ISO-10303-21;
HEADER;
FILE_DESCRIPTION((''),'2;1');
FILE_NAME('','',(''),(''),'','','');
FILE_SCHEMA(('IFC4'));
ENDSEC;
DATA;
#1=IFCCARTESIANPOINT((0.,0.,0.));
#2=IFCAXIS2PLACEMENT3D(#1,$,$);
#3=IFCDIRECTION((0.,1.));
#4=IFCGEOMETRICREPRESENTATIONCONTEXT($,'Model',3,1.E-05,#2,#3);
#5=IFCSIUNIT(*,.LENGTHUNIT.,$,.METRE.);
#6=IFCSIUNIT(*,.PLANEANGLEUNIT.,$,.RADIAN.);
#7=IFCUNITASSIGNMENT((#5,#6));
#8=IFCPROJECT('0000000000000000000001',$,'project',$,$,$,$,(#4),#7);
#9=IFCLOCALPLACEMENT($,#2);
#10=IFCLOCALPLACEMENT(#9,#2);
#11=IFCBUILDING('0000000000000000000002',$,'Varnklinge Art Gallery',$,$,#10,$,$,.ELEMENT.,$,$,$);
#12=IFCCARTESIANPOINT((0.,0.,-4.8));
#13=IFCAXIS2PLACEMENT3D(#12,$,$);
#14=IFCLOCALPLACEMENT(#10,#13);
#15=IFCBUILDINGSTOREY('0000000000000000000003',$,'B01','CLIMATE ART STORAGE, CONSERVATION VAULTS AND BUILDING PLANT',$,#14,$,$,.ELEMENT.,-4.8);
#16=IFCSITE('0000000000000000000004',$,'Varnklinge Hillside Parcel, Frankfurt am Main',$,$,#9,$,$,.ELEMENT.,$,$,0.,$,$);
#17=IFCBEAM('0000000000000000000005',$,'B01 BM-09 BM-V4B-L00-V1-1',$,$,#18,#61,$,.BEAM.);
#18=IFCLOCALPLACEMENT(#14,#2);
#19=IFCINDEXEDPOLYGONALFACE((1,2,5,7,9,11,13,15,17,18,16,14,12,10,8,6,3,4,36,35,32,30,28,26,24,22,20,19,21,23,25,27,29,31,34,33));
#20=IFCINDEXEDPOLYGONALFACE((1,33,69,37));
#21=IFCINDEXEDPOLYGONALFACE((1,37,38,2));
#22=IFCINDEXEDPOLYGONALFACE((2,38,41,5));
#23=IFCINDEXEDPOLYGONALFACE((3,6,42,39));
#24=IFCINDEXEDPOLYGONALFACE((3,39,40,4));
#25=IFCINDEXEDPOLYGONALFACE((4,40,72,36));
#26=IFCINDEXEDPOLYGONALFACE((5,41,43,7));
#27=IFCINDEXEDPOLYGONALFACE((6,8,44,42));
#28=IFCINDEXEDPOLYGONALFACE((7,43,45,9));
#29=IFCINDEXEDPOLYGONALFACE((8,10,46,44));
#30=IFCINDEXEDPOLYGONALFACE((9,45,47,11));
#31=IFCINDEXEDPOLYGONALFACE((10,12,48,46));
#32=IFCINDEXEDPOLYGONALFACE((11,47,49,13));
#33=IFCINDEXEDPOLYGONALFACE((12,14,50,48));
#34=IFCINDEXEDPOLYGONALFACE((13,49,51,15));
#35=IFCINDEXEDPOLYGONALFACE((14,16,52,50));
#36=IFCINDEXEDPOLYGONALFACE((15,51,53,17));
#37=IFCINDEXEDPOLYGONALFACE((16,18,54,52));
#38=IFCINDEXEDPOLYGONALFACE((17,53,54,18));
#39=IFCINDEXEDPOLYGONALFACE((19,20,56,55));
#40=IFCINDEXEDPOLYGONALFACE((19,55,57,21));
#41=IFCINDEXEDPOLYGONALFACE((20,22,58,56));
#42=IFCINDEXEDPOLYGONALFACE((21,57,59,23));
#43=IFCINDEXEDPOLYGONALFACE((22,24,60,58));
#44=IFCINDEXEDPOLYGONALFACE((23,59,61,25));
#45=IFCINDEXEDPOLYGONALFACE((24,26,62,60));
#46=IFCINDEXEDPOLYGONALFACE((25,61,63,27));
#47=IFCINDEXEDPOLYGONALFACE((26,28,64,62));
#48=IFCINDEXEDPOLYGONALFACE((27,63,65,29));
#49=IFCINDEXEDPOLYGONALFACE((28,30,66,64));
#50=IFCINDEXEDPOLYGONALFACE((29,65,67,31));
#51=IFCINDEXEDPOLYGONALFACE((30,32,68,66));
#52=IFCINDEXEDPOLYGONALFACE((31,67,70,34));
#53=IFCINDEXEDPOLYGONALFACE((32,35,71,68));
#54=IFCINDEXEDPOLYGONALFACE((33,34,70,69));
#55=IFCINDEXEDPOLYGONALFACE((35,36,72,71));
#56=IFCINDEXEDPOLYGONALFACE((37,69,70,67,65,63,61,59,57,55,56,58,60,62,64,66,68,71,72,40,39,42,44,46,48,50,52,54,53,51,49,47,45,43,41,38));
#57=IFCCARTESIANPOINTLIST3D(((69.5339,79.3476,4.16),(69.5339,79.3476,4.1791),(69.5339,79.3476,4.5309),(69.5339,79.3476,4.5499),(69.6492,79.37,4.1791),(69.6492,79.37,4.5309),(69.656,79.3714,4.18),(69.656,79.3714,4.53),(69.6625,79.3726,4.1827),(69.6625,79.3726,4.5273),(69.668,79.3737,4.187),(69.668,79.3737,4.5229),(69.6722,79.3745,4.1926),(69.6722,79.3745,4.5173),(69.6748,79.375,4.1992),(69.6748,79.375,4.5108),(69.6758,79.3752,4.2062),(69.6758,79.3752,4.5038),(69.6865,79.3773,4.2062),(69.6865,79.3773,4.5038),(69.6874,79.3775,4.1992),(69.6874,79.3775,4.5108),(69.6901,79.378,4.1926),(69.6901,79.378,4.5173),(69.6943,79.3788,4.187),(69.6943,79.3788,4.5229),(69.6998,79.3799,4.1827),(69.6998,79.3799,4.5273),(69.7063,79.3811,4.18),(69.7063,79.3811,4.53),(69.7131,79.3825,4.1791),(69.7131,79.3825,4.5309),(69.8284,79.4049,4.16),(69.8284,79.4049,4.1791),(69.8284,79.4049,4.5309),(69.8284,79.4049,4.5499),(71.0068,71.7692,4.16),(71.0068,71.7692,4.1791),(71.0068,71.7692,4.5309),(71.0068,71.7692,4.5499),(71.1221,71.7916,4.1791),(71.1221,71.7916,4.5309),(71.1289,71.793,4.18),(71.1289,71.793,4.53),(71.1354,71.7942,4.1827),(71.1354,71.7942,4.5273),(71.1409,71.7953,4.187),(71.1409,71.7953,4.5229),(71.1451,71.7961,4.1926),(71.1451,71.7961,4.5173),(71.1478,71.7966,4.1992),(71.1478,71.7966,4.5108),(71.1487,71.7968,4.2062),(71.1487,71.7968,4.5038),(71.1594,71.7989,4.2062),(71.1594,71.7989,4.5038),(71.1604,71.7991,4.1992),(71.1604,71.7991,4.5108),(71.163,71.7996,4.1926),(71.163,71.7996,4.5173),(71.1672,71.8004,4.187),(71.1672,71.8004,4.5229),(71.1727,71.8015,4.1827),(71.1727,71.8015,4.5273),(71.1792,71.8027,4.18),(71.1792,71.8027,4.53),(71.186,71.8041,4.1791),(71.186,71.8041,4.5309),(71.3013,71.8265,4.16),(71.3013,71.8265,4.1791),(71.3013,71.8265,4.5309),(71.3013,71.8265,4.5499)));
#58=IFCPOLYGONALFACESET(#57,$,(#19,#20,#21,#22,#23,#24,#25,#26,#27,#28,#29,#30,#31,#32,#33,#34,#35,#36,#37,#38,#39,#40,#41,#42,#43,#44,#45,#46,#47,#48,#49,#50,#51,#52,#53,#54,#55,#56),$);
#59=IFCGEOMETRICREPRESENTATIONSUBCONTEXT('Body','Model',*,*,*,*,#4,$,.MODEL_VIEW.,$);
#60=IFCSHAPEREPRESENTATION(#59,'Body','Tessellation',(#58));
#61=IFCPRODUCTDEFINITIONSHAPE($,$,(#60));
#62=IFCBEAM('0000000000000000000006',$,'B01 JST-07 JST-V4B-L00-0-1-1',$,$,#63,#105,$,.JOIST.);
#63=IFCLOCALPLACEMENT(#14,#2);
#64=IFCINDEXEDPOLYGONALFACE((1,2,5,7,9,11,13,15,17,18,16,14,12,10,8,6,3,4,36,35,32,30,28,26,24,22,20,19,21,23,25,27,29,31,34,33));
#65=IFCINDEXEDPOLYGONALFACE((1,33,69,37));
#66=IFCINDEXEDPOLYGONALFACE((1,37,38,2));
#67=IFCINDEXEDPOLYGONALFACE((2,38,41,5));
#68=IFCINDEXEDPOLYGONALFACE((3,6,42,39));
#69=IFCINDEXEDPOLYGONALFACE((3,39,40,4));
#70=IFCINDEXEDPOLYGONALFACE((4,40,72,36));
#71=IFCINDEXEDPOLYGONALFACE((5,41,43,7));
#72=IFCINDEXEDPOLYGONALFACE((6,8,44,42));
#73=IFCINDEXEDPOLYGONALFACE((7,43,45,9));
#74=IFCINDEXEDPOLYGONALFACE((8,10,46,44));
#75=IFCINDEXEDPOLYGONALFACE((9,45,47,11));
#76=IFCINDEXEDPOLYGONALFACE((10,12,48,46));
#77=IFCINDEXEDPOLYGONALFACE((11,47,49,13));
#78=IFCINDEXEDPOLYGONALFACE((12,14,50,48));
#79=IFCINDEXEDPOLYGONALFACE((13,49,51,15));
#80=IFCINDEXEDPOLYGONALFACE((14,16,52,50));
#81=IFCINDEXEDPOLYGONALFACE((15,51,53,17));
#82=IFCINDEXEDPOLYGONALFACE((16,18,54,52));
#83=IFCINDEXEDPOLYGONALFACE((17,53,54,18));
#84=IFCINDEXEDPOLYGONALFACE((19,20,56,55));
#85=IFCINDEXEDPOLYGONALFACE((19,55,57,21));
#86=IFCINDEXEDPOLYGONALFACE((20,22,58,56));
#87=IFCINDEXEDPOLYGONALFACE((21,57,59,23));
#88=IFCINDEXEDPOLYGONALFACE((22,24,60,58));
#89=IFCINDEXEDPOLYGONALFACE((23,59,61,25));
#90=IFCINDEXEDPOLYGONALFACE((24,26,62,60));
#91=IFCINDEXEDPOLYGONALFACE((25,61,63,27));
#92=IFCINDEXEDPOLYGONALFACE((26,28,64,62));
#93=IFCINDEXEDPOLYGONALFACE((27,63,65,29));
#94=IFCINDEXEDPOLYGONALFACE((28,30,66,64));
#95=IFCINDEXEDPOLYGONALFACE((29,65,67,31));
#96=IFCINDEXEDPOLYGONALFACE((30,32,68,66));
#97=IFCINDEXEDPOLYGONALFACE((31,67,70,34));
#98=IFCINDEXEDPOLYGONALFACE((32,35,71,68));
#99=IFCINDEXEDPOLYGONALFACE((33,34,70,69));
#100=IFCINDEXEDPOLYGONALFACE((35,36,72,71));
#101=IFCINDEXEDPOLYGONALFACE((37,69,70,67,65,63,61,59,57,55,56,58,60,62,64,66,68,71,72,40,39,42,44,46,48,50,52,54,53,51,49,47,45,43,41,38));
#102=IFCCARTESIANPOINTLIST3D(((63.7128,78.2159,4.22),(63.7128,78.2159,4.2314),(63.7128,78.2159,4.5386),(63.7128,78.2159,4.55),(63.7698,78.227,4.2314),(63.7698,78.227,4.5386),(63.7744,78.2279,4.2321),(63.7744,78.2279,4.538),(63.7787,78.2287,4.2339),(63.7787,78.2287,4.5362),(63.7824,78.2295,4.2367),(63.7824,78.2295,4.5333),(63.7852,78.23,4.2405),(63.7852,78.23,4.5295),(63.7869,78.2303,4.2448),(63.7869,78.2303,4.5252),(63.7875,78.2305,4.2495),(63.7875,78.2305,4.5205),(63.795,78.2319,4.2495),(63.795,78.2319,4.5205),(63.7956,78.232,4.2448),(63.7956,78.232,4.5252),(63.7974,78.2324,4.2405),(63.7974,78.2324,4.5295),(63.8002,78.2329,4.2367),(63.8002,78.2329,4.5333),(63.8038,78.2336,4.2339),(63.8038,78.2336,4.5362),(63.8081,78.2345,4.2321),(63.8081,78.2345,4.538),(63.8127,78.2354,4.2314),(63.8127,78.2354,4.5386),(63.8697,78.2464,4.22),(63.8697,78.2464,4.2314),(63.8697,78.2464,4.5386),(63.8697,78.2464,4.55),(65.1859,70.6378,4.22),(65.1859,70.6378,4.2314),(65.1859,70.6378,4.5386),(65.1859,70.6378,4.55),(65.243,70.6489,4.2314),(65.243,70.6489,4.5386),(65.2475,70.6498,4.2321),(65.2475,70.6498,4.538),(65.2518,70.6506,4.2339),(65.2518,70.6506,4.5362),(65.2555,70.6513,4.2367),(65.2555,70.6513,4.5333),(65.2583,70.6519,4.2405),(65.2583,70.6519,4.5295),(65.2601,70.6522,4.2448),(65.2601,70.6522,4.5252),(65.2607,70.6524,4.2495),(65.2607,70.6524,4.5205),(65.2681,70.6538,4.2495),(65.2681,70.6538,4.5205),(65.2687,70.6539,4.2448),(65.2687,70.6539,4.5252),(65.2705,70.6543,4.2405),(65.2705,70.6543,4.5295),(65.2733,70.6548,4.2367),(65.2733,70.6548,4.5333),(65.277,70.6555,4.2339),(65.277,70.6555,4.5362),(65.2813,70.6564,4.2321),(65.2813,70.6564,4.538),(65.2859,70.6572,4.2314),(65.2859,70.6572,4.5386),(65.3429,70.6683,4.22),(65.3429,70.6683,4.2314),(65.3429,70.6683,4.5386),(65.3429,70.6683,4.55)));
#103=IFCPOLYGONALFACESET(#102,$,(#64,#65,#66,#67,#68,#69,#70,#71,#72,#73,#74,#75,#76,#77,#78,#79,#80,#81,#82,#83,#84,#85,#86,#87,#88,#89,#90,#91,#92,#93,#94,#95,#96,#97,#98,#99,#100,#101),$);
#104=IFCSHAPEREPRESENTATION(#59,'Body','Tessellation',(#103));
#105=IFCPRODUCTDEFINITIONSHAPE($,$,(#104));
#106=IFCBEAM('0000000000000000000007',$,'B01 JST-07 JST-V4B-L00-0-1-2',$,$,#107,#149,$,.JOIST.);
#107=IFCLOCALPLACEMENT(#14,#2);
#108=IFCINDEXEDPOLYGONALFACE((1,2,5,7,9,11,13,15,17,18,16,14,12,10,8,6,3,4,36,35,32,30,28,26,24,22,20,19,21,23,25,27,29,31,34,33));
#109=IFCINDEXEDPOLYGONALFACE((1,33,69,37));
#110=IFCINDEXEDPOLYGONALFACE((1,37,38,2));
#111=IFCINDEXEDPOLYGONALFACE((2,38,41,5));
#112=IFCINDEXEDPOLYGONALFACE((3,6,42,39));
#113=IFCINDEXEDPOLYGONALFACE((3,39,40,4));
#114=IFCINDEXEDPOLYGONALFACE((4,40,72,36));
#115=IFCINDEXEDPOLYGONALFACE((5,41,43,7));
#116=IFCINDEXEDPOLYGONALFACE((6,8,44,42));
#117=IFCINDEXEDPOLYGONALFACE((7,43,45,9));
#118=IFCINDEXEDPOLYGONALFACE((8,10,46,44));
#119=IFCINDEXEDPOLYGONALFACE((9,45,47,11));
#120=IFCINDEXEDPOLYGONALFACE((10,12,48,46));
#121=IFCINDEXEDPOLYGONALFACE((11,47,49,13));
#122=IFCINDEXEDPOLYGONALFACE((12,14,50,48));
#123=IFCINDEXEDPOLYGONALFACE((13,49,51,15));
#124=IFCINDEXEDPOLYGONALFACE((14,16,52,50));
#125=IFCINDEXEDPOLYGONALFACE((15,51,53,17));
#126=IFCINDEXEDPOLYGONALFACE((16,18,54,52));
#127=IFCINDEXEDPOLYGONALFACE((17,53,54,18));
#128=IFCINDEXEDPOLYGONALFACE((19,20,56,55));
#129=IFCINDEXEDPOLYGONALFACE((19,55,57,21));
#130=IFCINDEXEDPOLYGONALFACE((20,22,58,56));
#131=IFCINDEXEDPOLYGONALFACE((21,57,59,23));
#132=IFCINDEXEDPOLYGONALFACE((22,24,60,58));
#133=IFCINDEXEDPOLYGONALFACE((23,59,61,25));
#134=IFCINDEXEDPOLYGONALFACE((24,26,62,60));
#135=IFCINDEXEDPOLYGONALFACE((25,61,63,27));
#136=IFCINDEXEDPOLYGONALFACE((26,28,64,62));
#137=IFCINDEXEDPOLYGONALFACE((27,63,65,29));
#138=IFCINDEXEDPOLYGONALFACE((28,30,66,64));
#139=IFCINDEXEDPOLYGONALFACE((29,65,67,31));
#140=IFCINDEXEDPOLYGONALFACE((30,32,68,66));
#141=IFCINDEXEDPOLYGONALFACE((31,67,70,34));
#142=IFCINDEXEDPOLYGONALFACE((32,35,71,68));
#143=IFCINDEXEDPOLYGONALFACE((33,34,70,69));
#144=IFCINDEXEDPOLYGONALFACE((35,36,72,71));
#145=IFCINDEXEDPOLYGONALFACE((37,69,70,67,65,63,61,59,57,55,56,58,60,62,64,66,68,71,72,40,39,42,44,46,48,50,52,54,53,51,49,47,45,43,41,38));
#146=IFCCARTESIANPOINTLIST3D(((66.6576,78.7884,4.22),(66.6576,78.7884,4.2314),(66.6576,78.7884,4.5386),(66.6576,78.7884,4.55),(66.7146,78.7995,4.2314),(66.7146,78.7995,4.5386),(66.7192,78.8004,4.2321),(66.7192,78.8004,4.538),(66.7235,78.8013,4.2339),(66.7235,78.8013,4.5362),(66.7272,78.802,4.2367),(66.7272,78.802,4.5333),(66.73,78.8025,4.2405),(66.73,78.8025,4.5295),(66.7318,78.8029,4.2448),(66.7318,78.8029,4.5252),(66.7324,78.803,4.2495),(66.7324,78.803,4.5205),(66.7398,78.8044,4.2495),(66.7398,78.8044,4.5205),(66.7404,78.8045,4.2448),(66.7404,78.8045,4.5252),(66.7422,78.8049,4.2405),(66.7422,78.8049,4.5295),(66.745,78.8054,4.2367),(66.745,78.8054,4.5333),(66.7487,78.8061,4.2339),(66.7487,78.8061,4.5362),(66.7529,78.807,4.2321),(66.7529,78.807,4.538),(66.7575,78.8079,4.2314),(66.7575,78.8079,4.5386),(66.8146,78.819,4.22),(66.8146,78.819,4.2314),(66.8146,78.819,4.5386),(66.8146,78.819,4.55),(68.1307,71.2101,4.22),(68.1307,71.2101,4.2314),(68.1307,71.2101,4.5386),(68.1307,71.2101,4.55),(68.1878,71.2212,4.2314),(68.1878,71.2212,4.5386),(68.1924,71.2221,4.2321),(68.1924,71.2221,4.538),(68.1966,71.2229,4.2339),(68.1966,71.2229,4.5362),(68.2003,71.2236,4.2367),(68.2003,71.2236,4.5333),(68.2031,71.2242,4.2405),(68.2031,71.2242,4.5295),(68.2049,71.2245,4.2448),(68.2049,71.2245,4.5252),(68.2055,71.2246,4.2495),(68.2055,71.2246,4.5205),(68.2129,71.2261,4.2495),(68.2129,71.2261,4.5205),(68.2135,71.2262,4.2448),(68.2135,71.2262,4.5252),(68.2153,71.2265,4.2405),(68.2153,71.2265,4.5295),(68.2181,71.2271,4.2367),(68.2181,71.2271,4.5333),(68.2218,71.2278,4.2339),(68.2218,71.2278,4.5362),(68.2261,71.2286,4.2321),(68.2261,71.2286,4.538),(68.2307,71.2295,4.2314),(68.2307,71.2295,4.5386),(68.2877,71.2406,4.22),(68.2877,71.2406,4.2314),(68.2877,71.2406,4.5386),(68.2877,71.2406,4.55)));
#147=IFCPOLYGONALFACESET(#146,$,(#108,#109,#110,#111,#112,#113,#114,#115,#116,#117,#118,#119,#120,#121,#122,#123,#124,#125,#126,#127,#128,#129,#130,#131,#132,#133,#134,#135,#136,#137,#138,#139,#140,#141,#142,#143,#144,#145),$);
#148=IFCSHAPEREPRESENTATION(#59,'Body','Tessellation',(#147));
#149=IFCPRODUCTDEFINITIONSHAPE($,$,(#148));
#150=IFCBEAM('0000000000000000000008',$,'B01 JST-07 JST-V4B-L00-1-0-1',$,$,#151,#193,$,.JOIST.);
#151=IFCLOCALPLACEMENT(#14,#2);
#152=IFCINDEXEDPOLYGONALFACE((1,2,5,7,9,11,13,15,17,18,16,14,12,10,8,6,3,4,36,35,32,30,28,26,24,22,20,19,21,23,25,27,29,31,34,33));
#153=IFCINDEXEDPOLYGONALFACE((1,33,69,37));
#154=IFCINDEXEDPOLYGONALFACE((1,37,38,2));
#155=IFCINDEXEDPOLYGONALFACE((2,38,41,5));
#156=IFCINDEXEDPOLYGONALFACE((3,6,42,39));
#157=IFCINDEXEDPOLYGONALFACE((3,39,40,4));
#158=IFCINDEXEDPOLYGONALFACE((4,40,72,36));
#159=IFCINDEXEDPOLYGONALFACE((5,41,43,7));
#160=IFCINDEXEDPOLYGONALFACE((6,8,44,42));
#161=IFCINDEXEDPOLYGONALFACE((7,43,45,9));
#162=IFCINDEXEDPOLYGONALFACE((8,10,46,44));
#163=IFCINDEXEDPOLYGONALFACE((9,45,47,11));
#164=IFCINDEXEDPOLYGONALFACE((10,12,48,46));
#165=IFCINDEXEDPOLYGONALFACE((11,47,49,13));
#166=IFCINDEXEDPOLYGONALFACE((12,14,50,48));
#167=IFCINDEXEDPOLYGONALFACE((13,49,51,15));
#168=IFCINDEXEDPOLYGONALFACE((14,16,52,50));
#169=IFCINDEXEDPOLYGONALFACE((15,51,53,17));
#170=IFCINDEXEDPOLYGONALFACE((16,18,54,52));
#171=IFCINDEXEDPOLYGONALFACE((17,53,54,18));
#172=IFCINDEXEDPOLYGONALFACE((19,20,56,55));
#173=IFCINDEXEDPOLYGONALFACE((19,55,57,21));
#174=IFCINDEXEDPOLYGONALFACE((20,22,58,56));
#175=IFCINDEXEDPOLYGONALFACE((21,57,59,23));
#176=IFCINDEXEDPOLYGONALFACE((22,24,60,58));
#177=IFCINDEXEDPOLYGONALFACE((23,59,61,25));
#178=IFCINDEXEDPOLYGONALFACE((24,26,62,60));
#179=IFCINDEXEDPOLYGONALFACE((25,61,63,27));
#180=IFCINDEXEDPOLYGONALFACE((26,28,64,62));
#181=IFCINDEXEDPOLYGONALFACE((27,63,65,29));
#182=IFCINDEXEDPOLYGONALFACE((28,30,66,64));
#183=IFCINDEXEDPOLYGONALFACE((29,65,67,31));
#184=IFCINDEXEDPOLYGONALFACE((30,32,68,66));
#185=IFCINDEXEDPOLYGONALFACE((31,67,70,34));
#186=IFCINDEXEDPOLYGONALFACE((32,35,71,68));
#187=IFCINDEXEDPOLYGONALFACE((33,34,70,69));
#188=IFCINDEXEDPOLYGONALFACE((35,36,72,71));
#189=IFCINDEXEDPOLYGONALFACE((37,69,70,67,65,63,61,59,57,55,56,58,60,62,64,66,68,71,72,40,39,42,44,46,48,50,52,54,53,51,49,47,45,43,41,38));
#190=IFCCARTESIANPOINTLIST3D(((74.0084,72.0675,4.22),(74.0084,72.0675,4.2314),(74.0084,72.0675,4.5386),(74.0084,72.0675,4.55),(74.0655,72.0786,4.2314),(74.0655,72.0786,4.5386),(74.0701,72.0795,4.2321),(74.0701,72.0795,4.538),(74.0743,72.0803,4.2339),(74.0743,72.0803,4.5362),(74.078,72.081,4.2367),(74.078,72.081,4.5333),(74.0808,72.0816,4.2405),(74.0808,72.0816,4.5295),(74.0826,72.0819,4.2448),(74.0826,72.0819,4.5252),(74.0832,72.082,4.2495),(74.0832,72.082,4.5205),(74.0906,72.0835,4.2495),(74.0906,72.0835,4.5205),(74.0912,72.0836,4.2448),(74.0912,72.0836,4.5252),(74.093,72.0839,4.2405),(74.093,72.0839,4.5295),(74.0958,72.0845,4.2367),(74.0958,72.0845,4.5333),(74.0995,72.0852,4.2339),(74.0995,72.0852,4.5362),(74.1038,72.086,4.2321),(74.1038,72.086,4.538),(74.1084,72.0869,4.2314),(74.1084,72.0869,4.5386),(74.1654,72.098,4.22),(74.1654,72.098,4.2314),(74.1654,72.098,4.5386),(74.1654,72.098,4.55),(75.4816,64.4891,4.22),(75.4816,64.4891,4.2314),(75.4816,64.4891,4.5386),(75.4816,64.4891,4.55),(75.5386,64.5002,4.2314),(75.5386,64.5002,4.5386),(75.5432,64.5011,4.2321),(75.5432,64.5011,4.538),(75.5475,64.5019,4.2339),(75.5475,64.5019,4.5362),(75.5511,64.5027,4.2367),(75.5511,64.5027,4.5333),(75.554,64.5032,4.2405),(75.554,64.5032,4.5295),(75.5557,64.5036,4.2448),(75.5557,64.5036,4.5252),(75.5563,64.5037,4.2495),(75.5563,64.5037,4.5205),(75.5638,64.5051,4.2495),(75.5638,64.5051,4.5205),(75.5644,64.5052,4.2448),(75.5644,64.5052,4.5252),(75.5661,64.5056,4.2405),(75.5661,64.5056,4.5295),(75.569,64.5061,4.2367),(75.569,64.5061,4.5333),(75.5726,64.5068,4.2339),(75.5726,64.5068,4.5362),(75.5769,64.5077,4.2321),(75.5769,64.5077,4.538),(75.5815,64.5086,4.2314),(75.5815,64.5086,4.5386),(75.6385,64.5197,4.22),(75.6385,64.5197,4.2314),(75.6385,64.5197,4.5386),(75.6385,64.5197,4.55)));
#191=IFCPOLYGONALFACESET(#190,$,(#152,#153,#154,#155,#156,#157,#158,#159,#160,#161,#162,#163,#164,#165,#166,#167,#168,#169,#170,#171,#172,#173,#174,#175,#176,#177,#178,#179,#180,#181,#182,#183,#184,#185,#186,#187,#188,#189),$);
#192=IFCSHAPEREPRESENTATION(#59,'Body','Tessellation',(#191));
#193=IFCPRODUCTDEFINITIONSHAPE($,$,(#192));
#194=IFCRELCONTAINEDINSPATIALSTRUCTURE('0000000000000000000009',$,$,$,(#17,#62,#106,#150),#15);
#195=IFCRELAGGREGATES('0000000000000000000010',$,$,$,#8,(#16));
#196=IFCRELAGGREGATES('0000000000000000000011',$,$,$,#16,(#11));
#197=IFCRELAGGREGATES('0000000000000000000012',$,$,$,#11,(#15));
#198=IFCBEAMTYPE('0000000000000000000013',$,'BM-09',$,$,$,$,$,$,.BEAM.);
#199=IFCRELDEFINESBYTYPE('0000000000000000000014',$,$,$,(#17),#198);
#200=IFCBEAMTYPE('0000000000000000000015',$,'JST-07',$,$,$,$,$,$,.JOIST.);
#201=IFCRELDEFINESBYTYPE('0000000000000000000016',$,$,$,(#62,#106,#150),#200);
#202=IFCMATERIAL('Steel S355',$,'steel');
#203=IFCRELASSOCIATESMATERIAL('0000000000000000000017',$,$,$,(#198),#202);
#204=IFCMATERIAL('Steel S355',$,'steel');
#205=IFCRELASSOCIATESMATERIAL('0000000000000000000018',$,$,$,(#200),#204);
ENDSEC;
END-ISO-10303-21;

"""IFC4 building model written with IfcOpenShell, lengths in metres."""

from ifc_helpers import new_model, si_unit, direction, frame, origin, origin_2d, place, context, subcontext, project, spatial, i_section, extrude, material, material_profile, profile_set, type_object, element, save


model = new_model("IFC4")

# Units and contexts
model_context = context("Model", 3, precision=1e-05, world=origin(), true_north=direction((0.0, 1.0)))
body_context = subcontext(model_context, "Body", "Model", "MODEL_VIEW")
ifc_project = project(units=[si_unit("LENGTHUNIT", "METRE"), si_unit("PLANEANGLEUNIT", "RADIAN")], contexts=[model_context])

# Site, building, storey
site_placement = place(None, origin())
site = spatial("IfcSite", under=ifc_project, at=site_placement, Name="Varnklinge Hillside Parcel, Frankfurt am Main", CompositionType="ELEMENT", RefElevation=0.0)
building_placement = place(site_placement, origin())
building = spatial("IfcBuilding", under=site, at=building_placement, Name="Varnklinge Art Gallery", CompositionType="ELEMENT")
storey_placement = place(building_placement, frame((0.0, 0.0, -4.8)))
storey = spatial("IfcBuildingStorey", under=building, at=storey_placement, Name="B01", Description="CLIMATE ART STORAGE, CONSERVATION VAULTS AND BUILDING PLANT", CompositionType="ELEMENT", Elevation=-4.8)

# Beams
ifc_material_1 = material(Name="Steel S355", Category="steel")
ifc_material_profile_1 = material_profile(ifc_material_1, i_section(OverallWidth=0.3, OverallDepth=0.3899, WebThickness=0.011, FlangeThickness=0.019, FilletRadius=0.0271, at=origin_2d()), Name="HEA 400")
ifc_profile_set_1 = profile_set([ifc_material_profile_1], Name="Steel S355")
beam_type_1 = type_object("IfcBeamType", Name="BM-09", PredefinedType="BEAM", material=ifc_profile_set_1)
beam_1_placement = place(storey_placement, frame((71.1541, 71.7979, 4.355), z_axis=(-0.190786, 0.981632, 0.0), x_axis=(-0.981632, -0.190786, 0.0)))
element("IfcBeam", 1, at=beam_1_placement, inside=storey, type_object=beam_type_1, Name="B01 BM-09 BM-V4B-L00-V1-1", PredefinedType="BEAM", context=body_context, shape_type="SweptSolid", body=[
    extrude(i_section(OverallWidth=0.3, OverallDepth=0.3899, WebThickness=0.011, FlangeThickness=0.019, FilletRadius=0.0271, at=origin_2d()), origin(), (0.0, 0.0, 1.0), 7.7202),
])
ifc_material_2 = material(Name="Steel S355", Category="steel")
ifc_material_profile_2 = material_profile(ifc_material_2, i_section(OverallWidth=0.1599, OverallDepth=0.3301, WebThickness=0.0076, FlangeThickness=0.0115, FilletRadius=0.0181, at=origin_2d()), Name="IPE 330")
ifc_profile_set_2 = profile_set([ifc_material_profile_2], Name="Steel S355")
beam_type_2 = type_object("IfcBeamType", Name="JST-07", PredefinedType="JOIST", material=ifc_profile_set_2)
beam_2_placement = place(storey_placement, frame((65.2644, 70.6531, 4.385), z_axis=(-0.190822, 0.981625, 0.0), x_axis=(-0.981625, -0.190822, 0.0)))
element("IfcBeam", 2, at=beam_2_placement, inside=storey, type_object=beam_type_2, Name="B01 JST-07 JST-V4B-L00-0-1-1", PredefinedType="JOIST", context=body_context, shape_type="SweptSolid", body=[
    extrude(i_section(OverallWidth=0.1599, OverallDepth=0.3301, WebThickness=0.0076, FlangeThickness=0.0115, FilletRadius=0.0181, at=origin_2d()), origin(), (0.0, 0.0, 1.0), 7.72),
])
for number, where, z_axis, x_axis, name in (
    (3, (68.2092, 71.2253, 4.385), (-0.190816, 0.981626, 0.0), (-0.981626, -0.190816, 0.0), "B01 JST-07 JST-V4B-L00-0-1-2"),
    (4, (75.5601, 64.5044, 4.385), (-0.190816, 0.981626, 0.0), (-0.981626, -0.190816, 0.0), "B01 JST-07 JST-V4B-L00-1-0-1"),
):
    element("IfcBeam", number, at=place(storey_placement, frame(where, z_axis=z_axis, x_axis=x_axis)), inside=storey, type_object=beam_type_2, Name=name, PredefinedType="JOIST", context=body_context, shape_type="SweptSolid", body=[
        extrude(i_section(OverallWidth=0.1599, OverallDepth=0.3301, WebThickness=0.0076, FlangeThickness=0.0115, FilletRadius=0.0181, at=origin_2d()), origin(), (0.0, 0.0, 1.0), 7.7202),
    ])

save(model, "model.ifc")
